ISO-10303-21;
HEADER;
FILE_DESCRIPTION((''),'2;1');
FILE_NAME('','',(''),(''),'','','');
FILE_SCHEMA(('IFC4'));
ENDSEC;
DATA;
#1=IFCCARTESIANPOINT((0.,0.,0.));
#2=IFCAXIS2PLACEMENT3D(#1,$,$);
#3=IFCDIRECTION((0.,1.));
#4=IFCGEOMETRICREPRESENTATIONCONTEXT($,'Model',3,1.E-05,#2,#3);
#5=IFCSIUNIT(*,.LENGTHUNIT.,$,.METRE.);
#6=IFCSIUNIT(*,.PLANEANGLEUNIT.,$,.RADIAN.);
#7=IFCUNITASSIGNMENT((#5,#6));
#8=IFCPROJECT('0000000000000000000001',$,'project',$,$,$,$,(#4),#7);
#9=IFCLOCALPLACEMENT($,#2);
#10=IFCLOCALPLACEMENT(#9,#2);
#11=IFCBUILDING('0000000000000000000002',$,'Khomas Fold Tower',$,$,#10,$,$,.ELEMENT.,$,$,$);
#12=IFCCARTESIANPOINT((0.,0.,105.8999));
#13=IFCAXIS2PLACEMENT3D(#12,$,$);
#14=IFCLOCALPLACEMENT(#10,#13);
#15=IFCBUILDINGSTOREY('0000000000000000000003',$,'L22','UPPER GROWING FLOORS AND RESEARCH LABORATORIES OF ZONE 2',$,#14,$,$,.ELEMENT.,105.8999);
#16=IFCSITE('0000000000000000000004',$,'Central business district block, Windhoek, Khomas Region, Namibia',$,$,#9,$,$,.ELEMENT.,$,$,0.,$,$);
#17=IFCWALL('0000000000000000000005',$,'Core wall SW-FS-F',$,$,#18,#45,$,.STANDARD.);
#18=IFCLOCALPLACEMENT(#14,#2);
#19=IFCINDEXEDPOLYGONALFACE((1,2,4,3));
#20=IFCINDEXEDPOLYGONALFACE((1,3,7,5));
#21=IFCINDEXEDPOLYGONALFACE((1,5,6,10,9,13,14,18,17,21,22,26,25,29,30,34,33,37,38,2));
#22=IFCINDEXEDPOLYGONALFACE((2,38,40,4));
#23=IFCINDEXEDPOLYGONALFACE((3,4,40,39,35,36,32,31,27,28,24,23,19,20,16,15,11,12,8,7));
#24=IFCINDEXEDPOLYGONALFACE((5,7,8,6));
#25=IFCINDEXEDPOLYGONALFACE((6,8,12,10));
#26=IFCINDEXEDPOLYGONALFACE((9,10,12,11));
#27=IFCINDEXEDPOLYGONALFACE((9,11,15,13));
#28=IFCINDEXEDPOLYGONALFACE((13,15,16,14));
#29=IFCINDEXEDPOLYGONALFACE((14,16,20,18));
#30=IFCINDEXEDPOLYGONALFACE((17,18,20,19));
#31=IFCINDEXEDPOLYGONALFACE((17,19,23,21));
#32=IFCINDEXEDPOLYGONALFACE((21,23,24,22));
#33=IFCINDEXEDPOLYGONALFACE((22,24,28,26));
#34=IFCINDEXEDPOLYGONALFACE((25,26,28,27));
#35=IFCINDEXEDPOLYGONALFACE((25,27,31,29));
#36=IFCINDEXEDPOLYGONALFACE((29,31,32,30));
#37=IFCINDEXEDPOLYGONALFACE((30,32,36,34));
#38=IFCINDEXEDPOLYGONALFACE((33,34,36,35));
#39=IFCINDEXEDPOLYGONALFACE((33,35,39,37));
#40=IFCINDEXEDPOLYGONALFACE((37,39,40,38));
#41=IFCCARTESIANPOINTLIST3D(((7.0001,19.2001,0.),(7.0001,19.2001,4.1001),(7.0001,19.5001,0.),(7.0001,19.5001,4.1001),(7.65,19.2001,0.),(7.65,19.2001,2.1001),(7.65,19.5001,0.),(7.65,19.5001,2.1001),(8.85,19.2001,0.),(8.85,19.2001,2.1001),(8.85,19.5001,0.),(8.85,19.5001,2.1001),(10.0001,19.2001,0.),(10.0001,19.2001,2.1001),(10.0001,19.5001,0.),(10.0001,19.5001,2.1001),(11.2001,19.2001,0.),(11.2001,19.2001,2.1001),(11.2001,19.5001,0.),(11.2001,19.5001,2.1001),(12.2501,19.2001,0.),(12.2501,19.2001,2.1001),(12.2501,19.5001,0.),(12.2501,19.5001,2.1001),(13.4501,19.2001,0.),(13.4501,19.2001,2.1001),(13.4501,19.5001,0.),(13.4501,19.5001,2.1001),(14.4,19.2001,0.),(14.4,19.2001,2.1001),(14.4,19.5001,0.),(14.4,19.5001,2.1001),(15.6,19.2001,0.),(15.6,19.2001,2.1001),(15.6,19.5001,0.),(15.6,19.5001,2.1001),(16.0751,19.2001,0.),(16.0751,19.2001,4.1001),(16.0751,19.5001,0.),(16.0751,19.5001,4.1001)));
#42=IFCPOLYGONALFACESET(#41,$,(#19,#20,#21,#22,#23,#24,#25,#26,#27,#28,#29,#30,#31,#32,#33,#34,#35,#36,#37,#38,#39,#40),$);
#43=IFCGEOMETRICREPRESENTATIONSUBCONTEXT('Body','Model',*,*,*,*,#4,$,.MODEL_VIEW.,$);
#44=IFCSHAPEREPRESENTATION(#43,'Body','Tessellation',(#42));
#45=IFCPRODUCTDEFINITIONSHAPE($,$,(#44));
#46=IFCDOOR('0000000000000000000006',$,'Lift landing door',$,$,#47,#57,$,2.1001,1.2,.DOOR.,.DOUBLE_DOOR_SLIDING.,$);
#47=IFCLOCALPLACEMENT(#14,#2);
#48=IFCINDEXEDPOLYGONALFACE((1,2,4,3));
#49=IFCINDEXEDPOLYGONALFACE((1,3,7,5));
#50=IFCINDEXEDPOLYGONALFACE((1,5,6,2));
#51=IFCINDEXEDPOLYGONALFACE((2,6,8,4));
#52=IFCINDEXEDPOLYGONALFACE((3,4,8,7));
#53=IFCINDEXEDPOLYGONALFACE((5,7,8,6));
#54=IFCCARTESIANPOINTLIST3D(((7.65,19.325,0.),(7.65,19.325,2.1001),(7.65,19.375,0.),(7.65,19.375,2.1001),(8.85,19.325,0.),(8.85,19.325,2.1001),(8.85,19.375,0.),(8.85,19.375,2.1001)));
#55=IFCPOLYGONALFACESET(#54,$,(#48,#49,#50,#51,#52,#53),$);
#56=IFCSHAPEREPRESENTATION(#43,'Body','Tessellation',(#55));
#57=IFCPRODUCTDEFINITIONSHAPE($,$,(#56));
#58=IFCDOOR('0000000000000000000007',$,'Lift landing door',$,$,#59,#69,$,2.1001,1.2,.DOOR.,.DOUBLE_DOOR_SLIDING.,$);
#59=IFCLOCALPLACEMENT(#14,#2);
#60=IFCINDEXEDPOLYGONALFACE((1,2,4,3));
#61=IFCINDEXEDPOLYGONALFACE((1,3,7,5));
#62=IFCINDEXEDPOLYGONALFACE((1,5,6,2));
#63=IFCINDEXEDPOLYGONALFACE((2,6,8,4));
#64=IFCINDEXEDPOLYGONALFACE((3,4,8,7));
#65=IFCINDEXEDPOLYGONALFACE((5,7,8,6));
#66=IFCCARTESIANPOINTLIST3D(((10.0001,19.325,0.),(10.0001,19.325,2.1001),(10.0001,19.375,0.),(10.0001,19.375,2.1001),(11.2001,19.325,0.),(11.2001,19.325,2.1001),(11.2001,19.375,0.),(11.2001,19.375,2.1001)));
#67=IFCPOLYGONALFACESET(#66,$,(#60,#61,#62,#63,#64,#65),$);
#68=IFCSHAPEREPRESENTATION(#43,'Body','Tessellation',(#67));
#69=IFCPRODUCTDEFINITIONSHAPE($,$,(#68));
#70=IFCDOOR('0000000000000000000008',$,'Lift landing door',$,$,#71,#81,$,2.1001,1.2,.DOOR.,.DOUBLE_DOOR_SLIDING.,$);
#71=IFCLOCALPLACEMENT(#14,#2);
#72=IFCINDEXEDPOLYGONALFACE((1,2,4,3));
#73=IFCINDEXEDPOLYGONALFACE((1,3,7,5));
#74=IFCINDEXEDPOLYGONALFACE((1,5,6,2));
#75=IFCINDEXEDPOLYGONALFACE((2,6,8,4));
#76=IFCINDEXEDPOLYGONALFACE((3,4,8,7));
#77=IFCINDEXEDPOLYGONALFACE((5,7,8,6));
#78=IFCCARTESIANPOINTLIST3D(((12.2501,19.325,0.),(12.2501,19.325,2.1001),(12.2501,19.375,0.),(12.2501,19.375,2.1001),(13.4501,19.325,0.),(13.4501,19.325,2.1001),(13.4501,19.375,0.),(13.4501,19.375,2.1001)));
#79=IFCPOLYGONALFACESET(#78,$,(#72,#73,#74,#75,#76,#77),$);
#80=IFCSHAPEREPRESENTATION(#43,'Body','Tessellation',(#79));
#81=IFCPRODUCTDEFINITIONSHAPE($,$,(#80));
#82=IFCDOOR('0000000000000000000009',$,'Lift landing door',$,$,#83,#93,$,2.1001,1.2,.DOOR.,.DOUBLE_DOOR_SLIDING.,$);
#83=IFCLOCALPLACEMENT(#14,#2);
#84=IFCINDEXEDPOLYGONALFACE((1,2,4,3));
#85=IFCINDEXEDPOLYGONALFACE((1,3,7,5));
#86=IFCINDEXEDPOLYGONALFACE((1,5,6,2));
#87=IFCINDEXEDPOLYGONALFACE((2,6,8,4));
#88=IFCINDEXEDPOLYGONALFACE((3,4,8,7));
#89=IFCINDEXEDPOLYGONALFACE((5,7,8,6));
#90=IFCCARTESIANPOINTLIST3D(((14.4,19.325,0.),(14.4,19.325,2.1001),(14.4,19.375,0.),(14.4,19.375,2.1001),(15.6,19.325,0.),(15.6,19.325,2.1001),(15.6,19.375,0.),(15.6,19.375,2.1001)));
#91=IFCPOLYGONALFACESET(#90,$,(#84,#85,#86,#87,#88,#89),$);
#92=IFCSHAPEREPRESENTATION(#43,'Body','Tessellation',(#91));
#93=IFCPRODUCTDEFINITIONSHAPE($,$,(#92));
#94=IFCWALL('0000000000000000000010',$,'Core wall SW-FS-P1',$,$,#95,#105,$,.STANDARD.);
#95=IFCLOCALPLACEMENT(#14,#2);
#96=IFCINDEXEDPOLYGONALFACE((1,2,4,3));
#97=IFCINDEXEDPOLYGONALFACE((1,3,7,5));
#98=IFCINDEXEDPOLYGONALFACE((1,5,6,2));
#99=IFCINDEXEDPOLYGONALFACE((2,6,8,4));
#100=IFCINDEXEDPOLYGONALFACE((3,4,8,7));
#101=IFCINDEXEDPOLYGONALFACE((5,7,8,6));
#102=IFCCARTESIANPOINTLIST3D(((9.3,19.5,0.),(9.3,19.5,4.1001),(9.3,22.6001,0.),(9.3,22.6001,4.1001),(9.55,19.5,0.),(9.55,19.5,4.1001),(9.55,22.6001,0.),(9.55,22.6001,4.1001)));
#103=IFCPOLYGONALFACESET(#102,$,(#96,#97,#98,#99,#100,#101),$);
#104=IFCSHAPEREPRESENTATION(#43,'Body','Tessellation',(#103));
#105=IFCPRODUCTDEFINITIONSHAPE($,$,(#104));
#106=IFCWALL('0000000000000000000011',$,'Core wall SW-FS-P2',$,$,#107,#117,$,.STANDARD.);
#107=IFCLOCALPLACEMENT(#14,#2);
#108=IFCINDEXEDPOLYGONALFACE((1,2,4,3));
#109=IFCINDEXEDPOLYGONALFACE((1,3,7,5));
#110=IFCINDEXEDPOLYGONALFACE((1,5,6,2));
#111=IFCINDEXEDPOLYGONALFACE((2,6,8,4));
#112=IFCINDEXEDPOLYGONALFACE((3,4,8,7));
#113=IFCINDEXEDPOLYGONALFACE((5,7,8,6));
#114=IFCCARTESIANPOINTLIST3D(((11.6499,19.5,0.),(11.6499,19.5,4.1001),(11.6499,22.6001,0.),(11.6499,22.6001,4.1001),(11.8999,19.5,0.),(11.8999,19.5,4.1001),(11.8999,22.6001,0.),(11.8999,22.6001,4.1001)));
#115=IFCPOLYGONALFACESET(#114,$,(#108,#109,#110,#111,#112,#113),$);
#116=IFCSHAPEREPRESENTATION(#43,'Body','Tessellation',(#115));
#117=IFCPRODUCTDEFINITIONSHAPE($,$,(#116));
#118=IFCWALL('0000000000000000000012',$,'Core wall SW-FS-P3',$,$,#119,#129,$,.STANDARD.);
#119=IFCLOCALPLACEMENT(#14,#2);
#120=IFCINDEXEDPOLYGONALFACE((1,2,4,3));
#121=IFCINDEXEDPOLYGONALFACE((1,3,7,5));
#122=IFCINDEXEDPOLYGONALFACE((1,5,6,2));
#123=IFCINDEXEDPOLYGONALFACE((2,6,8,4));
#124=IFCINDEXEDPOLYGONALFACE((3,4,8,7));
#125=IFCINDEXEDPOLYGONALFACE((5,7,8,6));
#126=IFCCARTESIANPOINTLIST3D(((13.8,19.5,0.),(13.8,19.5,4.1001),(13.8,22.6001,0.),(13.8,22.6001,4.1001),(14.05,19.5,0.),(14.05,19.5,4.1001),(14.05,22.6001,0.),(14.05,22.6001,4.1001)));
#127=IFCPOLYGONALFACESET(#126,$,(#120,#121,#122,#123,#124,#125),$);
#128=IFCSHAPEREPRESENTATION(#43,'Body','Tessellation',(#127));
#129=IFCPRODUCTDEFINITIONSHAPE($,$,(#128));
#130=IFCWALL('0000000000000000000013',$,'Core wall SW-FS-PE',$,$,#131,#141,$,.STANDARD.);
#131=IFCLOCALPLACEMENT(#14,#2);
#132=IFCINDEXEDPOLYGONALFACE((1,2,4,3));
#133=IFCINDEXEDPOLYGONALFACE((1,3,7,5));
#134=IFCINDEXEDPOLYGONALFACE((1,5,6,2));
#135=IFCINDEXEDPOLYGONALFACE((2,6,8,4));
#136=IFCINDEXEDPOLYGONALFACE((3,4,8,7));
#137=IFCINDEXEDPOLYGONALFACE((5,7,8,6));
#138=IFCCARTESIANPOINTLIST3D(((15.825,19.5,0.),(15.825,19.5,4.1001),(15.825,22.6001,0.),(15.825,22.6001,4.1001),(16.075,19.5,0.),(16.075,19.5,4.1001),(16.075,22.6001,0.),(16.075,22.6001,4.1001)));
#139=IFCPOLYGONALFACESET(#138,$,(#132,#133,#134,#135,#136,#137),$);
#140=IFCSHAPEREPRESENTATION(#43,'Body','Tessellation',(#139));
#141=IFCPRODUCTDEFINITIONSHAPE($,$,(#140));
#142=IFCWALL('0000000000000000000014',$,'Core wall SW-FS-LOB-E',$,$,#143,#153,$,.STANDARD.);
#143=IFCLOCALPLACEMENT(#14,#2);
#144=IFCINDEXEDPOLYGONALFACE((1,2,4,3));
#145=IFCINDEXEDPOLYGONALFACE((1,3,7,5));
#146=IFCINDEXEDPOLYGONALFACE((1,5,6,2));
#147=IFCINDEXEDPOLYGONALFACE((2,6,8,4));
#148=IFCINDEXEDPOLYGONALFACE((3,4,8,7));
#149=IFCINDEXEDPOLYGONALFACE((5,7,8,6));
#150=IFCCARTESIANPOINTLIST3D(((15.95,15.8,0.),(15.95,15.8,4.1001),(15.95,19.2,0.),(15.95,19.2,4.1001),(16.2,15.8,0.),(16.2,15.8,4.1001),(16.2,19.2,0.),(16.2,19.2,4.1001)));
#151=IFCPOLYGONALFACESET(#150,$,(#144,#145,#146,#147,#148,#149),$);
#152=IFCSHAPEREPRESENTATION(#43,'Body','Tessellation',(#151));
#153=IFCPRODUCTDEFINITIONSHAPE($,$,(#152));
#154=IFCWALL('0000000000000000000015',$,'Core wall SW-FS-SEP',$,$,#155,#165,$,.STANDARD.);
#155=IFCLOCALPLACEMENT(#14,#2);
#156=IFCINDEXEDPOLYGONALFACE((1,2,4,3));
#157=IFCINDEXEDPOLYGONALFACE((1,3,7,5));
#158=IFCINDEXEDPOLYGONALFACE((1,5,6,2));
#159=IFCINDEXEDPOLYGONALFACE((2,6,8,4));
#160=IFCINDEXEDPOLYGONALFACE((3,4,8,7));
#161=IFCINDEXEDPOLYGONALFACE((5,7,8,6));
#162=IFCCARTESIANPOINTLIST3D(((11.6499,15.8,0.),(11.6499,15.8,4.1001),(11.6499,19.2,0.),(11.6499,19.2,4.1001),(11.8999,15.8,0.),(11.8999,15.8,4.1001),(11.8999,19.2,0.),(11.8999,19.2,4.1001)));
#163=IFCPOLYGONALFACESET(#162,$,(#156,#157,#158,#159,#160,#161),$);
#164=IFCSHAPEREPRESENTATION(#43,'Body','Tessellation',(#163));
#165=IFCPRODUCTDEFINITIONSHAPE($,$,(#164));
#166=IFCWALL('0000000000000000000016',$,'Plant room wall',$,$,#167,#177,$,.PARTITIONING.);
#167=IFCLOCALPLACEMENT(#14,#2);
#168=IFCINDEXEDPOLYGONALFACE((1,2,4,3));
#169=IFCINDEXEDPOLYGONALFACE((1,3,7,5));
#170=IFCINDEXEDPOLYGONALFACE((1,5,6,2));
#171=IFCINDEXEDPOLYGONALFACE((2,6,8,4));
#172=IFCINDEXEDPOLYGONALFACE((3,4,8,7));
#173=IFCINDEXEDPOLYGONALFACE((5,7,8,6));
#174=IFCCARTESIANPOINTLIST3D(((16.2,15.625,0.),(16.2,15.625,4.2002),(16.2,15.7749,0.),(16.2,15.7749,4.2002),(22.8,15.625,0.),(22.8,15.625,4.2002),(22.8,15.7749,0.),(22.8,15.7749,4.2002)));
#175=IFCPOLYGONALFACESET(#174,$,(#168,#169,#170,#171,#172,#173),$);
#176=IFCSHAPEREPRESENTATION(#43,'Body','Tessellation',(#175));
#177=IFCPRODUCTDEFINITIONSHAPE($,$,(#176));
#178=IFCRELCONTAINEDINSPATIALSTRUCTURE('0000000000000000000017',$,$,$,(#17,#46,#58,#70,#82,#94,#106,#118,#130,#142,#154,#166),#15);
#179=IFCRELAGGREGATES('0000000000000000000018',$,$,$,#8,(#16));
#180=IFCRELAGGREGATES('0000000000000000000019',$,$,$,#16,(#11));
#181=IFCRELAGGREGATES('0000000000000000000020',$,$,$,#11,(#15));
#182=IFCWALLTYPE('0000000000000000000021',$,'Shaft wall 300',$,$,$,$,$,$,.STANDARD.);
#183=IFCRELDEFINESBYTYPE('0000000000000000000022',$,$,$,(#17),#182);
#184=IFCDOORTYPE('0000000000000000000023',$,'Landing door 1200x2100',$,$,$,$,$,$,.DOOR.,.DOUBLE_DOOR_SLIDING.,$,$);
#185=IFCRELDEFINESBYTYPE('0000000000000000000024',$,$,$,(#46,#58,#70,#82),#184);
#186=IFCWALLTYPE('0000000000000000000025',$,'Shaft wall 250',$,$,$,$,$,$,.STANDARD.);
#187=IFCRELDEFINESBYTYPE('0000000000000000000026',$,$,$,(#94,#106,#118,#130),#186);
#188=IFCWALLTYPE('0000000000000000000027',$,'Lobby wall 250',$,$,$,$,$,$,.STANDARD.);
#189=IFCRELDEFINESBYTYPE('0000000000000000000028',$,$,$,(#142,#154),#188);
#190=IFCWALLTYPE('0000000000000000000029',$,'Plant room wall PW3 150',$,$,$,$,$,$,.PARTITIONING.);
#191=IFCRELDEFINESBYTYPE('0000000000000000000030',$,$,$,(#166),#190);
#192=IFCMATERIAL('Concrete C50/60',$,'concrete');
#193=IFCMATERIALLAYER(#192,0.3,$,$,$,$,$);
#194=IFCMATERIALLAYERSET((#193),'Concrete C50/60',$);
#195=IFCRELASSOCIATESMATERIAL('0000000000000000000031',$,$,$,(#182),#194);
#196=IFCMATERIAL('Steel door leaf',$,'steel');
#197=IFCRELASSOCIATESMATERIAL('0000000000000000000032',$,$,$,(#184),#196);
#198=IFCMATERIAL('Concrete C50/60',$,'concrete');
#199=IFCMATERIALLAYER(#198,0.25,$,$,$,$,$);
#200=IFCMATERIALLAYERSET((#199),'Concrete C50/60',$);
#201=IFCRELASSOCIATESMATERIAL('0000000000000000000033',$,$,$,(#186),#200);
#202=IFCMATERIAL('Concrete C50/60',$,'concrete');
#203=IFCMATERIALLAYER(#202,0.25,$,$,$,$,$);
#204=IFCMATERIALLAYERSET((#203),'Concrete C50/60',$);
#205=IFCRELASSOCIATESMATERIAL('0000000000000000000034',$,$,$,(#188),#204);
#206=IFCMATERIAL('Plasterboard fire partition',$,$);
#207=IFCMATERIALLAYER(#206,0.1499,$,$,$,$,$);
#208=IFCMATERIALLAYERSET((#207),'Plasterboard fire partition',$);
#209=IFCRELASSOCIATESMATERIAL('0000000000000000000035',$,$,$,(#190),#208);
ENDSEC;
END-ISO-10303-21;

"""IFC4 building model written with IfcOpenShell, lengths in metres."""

from ifc_helpers import new_model, si_unit, direction, frame, frame_2d, origin, place, context, subcontext, project, spatial, rectangle, extrude, source, transform, mapped, material, layer, layer_set, type_object, element, fill, save


model = new_model("IFC4")

# Units and contexts
model_context = context("Model", 3, precision=1e-05, world=origin(), true_north=direction((0.0, 1.0)))
body_context = subcontext(model_context, "Body", "Model", "MODEL_VIEW")
ifc_project = project(units=[si_unit("LENGTHUNIT", "METRE"), si_unit("PLANEANGLEUNIT", "RADIAN")], contexts=[model_context])

# Site, building, storey
site_placement = place(None, origin())
site = spatial("IfcSite", under=ifc_project, at=site_placement, Name="Central business district block, Windhoek, Khomas Region, Namibia", CompositionType="ELEMENT", RefElevation=0.0)
building_placement = place(site_placement, origin())
building = spatial("IfcBuilding", under=site, at=building_placement, Name="Khomas Fold Tower", CompositionType="ELEMENT")
storey_placement = place(building_placement, frame((0.0, 0.0, 105.8999)))
storey = spatial("IfcBuildingStorey", under=building, at=storey_placement, Name="L22", Description="UPPER GROWING FLOORS AND RESEARCH LABORATORIES OF ZONE 2", CompositionType="ELEMENT", Elevation=105.8999)

# Shared definitions
ifc_material_1 = material(Name="Concrete C50/60", Category="concrete")
ifc_layer_1 = layer(ifc_material_1, 0.3)
ifc_layer_set_1 = layer_set([ifc_layer_1], Name="Concrete C50/60")
wall_type_1 = type_object("IfcWallType", Name="Shaft wall 300", PredefinedType="STANDARD", material=ifc_layer_set_1)

# Wall, openings, doors
shared_shape_1 = source(origin(), body_context, "Body", "SweptSolid", [
    extrude(rectangle(XDim=9.075, YDim=0.3, at=frame_2d((4.5376, 0.0))), origin(), (0.0, 0.0, 1.0), 4.1001),
])
wall_1_placement = place(storey_placement, frame((7.0, 19.3501, 0.0), z_axis=(0.0, 0.0, 1.0), x_axis=(1.0, 0.0, 0.0)))
wall_1 = element("IfcWall", 1, at=wall_1_placement, inside=storey, type_object=wall_type_1, Name="Core wall SW-FS-F", PredefinedType="STANDARD", context=body_context, shape_type="MappedRepresentation", body=[
    mapped(shared_shape_1, transform((0.0, 0.0, 0.0))),
])
shared_shape_2 = source(origin(), body_context, "Body", "SweptSolid", [
    extrude(rectangle(XDim=1.2, YDim=2.1001, at=frame_2d((0.6001, 1.05))), frame((0.0, 0.1599, 0.0), z_axis=(0.0, -1.0, 0.0), x_axis=(1.0, 0.0, 0.0)), (0.0, 0.0, 1.0), 0.3201),
])
opening_1_placement = place(wall_1_placement, frame((0.6499, 0.0, 0.0)))
opening_1 = element("IfcOpeningElement", 2, at=opening_1_placement, cuts=wall_1, PredefinedType="OPENING", context=body_context, shape_type="MappedRepresentation", body=[
    mapped(shared_shape_2, transform((0.0, 0.0, 0.0))),
])
opening_2_placement = place(wall_1_placement, frame((3.0, 0.0, 0.0)))
opening_2 = element("IfcOpeningElement", 3, at=opening_2_placement, cuts=wall_1, PredefinedType="OPENING", context=body_context, shape_type="MappedRepresentation", body=[
    mapped(shared_shape_2, transform((0.0, 0.0, 0.0))),
])
opening_3_placement = place(wall_1_placement, frame((5.25, 0.0, 0.0)))
opening_3 = element("IfcOpeningElement", 4, at=opening_3_placement, cuts=wall_1, PredefinedType="OPENING", context=body_context, shape_type="MappedRepresentation", body=[
    mapped(shared_shape_2, transform((0.0, 0.0, 0.0))),
])
opening_4_placement = place(wall_1_placement, frame((7.3999, 0.0, 0.0)))
opening_4 = element("IfcOpeningElement", 5, at=opening_4_placement, cuts=wall_1, PredefinedType="OPENING", context=body_context, shape_type="MappedRepresentation", body=[
    mapped(shared_shape_2, transform((0.0, 0.0, 0.0))),
])
ifc_material_2 = material(Name="Steel door leaf", Category="steel")
door_type_1 = type_object("IfcDoorType", Name="Landing door 1200x2100", OperationType="DOUBLE_DOOR_SLIDING", PredefinedType="DOOR", material=ifc_material_2)
shared_shape_3 = source(origin(), body_context, "Body", "SweptSolid", [
    extrude(rectangle(XDim=1.2, YDim=2.1001, at=frame_2d((0.6001, 1.05))), frame((0.0, 0.0249, 0.0), z_axis=(0.0, -1.0, 0.0), x_axis=(1.0, 0.0, 0.0)), (0.0, 0.0, 1.0), 0.05),
])
door_1_placement = place(opening_1_placement, origin())
door_1 = element("IfcDoor", 6, at=door_1_placement, inside=storey, type_object=door_type_1, Name="Lift landing door", OperationType="DOUBLE_DOOR_SLIDING", OverallHeight=2.1001, OverallWidth=1.2, PredefinedType="DOOR", context=body_context, shape_type="MappedRepresentation", body=[
    mapped(shared_shape_3, transform((0.0, 0.0, 0.0))),
])
fill(opening_1, door_1)
door_2_placement = place(opening_2_placement, origin())
door_2 = element("IfcDoor", 7, at=door_2_placement, inside=storey, type_object=door_type_1, Name="Lift landing door", OperationType="DOUBLE_DOOR_SLIDING", OverallHeight=2.1001, OverallWidth=1.2, PredefinedType="DOOR", context=body_context, shape_type="MappedRepresentation", body=[
    mapped(shared_shape_3, transform((0.0, 0.0, 0.0))),
])
fill(opening_2, door_2)
door_3_placement = place(opening_3_placement, origin())
door_3 = element("IfcDoor", 8, at=door_3_placement, inside=storey, type_object=door_type_1, Name="Lift landing door", OperationType="DOUBLE_DOOR_SLIDING", OverallHeight=2.1001, OverallWidth=1.2, PredefinedType="DOOR", context=body_context, shape_type="MappedRepresentation", body=[
    mapped(shared_shape_3, transform((0.0, 0.0, 0.0))),
])
fill(opening_3, door_3)
door_4_placement = place(opening_4_placement, origin())
door_4 = element("IfcDoor", 9, at=door_4_placement, inside=storey, type_object=door_type_1, Name="Lift landing door", OperationType="DOUBLE_DOOR_SLIDING", OverallHeight=2.1001, OverallWidth=1.2, PredefinedType="DOOR", context=body_context, shape_type="MappedRepresentation", body=[
    mapped(shared_shape_3, transform((0.0, 0.0, 0.0))),
])
fill(opening_4, door_4)

# Walls
ifc_material_3 = material(Name="Concrete C50/60", Category="concrete")
ifc_layer_2 = layer(ifc_material_3, 0.25)
ifc_layer_set_2 = layer_set([ifc_layer_2], Name="Concrete C50/60")
wall_type_2 = type_object("IfcWallType", Name="Shaft wall 250", PredefinedType="STANDARD", material=ifc_layer_set_2)
shared_shape_4 = source(origin(), body_context, "Body", "SweptSolid", [
    extrude(rectangle(XDim=3.1001, YDim=0.25, at=frame_2d((1.55, 0.0))), origin(), (0.0, 0.0, 1.0), 4.1001),
])
for number, where, z_axis, x_axis, name in (
    (10, (9.425, 19.5, 0.0), (0.0, 0.0, 1.0), (0.0, 1.0, 0.0), "Core wall SW-FS-P1"),
    (11, (11.7749, 19.5, 0.0), (0.0, 0.0, 1.0), (0.0, 1.0, 0.0), "Core wall SW-FS-P2"),
    (12, (13.925, 19.5, 0.0), (0.0, 0.0, 1.0), (0.0, 1.0, 0.0), "Core wall SW-FS-P3"),
    (13, (15.95, 19.5, 0.0), (0.0, 0.0, 1.0), (0.0, 1.0, 0.0), "Core wall SW-FS-PE"),
):
    element("IfcWall", number, at=place(storey_placement, frame(where, z_axis=z_axis, x_axis=x_axis)), inside=storey, type_object=wall_type_2, Name=name, PredefinedType="STANDARD", context=body_context, shape_type="MappedRepresentation", body=[
        mapped(shared_shape_4, transform((0.0, 0.0, 0.0))),
    ])
ifc_material_4 = material(Name="Concrete C50/60", Category="concrete")
ifc_layer_3 = layer(ifc_material_4, 0.25)
ifc_layer_set_3 = layer_set([ifc_layer_3], Name="Concrete C50/60")
wall_type_3 = type_object("IfcWallType", Name="Lobby wall 250", PredefinedType="STANDARD", material=ifc_layer_set_3)
shared_shape_5 = source(origin(), body_context, "Body", "SweptSolid", [
    extrude(rectangle(XDim=3.3999, YDim=0.25, at=frame_2d((1.7, 0.0))), origin(), (0.0, 0.0, 1.0), 4.1001),
])
for number, where, z_axis, x_axis, name in (
    (14, (16.075, 15.8, 0.0), (0.0, 0.0, 1.0), (0.0, 1.0, 0.0), "Core wall SW-FS-LOB-E"),
    (15, (11.7749, 15.8, 0.0), (0.0, 0.0, 1.0), (0.0, 1.0, 0.0), "Core wall SW-FS-SEP"),
):
    element("IfcWall", number, at=place(storey_placement, frame(where, z_axis=z_axis, x_axis=x_axis)), inside=storey, type_object=wall_type_3, Name=name, PredefinedType="STANDARD", context=body_context, shape_type="MappedRepresentation", body=[
        mapped(shared_shape_5, transform((0.0, 0.0, 0.0))),
    ])
ifc_material_5 = material(Name="Plasterboard fire partition")
ifc_layer_4 = layer(ifc_material_5, 0.1499)
ifc_layer_set_4 = layer_set([ifc_layer_4], Name="Plasterboard fire partition")
wall_type_4 = type_object("IfcWallType", Name="Plant room wall PW3 150", PredefinedType="PARTITIONING", material=ifc_layer_set_4)
shared_shape_6 = source(origin(), body_context, "Body", "SweptSolid", [
    extrude(rectangle(XDim=6.6001, YDim=0.1499, at=frame_2d((3.3, 0.0))), origin(), (0.0, 0.0, 1.0), 4.2002),
])
for number, where, z_axis, x_axis, name in (
    (16, (16.2, 15.7, 0.0), (0.0, 0.0, 1.0), (1.0, 0.0, 0.0), "Plant room wall"),
):
    element("IfcWall", number, at=place(storey_placement, frame(where, z_axis=z_axis, x_axis=x_axis)), inside=storey, type_object=wall_type_4, Name=name, PredefinedType="PARTITIONING", context=body_context, shape_type="MappedRepresentation", body=[
        mapped(shared_shape_6, transform((0.0, 0.0, 0.0))),
    ])

save(model, "model.ifc")
